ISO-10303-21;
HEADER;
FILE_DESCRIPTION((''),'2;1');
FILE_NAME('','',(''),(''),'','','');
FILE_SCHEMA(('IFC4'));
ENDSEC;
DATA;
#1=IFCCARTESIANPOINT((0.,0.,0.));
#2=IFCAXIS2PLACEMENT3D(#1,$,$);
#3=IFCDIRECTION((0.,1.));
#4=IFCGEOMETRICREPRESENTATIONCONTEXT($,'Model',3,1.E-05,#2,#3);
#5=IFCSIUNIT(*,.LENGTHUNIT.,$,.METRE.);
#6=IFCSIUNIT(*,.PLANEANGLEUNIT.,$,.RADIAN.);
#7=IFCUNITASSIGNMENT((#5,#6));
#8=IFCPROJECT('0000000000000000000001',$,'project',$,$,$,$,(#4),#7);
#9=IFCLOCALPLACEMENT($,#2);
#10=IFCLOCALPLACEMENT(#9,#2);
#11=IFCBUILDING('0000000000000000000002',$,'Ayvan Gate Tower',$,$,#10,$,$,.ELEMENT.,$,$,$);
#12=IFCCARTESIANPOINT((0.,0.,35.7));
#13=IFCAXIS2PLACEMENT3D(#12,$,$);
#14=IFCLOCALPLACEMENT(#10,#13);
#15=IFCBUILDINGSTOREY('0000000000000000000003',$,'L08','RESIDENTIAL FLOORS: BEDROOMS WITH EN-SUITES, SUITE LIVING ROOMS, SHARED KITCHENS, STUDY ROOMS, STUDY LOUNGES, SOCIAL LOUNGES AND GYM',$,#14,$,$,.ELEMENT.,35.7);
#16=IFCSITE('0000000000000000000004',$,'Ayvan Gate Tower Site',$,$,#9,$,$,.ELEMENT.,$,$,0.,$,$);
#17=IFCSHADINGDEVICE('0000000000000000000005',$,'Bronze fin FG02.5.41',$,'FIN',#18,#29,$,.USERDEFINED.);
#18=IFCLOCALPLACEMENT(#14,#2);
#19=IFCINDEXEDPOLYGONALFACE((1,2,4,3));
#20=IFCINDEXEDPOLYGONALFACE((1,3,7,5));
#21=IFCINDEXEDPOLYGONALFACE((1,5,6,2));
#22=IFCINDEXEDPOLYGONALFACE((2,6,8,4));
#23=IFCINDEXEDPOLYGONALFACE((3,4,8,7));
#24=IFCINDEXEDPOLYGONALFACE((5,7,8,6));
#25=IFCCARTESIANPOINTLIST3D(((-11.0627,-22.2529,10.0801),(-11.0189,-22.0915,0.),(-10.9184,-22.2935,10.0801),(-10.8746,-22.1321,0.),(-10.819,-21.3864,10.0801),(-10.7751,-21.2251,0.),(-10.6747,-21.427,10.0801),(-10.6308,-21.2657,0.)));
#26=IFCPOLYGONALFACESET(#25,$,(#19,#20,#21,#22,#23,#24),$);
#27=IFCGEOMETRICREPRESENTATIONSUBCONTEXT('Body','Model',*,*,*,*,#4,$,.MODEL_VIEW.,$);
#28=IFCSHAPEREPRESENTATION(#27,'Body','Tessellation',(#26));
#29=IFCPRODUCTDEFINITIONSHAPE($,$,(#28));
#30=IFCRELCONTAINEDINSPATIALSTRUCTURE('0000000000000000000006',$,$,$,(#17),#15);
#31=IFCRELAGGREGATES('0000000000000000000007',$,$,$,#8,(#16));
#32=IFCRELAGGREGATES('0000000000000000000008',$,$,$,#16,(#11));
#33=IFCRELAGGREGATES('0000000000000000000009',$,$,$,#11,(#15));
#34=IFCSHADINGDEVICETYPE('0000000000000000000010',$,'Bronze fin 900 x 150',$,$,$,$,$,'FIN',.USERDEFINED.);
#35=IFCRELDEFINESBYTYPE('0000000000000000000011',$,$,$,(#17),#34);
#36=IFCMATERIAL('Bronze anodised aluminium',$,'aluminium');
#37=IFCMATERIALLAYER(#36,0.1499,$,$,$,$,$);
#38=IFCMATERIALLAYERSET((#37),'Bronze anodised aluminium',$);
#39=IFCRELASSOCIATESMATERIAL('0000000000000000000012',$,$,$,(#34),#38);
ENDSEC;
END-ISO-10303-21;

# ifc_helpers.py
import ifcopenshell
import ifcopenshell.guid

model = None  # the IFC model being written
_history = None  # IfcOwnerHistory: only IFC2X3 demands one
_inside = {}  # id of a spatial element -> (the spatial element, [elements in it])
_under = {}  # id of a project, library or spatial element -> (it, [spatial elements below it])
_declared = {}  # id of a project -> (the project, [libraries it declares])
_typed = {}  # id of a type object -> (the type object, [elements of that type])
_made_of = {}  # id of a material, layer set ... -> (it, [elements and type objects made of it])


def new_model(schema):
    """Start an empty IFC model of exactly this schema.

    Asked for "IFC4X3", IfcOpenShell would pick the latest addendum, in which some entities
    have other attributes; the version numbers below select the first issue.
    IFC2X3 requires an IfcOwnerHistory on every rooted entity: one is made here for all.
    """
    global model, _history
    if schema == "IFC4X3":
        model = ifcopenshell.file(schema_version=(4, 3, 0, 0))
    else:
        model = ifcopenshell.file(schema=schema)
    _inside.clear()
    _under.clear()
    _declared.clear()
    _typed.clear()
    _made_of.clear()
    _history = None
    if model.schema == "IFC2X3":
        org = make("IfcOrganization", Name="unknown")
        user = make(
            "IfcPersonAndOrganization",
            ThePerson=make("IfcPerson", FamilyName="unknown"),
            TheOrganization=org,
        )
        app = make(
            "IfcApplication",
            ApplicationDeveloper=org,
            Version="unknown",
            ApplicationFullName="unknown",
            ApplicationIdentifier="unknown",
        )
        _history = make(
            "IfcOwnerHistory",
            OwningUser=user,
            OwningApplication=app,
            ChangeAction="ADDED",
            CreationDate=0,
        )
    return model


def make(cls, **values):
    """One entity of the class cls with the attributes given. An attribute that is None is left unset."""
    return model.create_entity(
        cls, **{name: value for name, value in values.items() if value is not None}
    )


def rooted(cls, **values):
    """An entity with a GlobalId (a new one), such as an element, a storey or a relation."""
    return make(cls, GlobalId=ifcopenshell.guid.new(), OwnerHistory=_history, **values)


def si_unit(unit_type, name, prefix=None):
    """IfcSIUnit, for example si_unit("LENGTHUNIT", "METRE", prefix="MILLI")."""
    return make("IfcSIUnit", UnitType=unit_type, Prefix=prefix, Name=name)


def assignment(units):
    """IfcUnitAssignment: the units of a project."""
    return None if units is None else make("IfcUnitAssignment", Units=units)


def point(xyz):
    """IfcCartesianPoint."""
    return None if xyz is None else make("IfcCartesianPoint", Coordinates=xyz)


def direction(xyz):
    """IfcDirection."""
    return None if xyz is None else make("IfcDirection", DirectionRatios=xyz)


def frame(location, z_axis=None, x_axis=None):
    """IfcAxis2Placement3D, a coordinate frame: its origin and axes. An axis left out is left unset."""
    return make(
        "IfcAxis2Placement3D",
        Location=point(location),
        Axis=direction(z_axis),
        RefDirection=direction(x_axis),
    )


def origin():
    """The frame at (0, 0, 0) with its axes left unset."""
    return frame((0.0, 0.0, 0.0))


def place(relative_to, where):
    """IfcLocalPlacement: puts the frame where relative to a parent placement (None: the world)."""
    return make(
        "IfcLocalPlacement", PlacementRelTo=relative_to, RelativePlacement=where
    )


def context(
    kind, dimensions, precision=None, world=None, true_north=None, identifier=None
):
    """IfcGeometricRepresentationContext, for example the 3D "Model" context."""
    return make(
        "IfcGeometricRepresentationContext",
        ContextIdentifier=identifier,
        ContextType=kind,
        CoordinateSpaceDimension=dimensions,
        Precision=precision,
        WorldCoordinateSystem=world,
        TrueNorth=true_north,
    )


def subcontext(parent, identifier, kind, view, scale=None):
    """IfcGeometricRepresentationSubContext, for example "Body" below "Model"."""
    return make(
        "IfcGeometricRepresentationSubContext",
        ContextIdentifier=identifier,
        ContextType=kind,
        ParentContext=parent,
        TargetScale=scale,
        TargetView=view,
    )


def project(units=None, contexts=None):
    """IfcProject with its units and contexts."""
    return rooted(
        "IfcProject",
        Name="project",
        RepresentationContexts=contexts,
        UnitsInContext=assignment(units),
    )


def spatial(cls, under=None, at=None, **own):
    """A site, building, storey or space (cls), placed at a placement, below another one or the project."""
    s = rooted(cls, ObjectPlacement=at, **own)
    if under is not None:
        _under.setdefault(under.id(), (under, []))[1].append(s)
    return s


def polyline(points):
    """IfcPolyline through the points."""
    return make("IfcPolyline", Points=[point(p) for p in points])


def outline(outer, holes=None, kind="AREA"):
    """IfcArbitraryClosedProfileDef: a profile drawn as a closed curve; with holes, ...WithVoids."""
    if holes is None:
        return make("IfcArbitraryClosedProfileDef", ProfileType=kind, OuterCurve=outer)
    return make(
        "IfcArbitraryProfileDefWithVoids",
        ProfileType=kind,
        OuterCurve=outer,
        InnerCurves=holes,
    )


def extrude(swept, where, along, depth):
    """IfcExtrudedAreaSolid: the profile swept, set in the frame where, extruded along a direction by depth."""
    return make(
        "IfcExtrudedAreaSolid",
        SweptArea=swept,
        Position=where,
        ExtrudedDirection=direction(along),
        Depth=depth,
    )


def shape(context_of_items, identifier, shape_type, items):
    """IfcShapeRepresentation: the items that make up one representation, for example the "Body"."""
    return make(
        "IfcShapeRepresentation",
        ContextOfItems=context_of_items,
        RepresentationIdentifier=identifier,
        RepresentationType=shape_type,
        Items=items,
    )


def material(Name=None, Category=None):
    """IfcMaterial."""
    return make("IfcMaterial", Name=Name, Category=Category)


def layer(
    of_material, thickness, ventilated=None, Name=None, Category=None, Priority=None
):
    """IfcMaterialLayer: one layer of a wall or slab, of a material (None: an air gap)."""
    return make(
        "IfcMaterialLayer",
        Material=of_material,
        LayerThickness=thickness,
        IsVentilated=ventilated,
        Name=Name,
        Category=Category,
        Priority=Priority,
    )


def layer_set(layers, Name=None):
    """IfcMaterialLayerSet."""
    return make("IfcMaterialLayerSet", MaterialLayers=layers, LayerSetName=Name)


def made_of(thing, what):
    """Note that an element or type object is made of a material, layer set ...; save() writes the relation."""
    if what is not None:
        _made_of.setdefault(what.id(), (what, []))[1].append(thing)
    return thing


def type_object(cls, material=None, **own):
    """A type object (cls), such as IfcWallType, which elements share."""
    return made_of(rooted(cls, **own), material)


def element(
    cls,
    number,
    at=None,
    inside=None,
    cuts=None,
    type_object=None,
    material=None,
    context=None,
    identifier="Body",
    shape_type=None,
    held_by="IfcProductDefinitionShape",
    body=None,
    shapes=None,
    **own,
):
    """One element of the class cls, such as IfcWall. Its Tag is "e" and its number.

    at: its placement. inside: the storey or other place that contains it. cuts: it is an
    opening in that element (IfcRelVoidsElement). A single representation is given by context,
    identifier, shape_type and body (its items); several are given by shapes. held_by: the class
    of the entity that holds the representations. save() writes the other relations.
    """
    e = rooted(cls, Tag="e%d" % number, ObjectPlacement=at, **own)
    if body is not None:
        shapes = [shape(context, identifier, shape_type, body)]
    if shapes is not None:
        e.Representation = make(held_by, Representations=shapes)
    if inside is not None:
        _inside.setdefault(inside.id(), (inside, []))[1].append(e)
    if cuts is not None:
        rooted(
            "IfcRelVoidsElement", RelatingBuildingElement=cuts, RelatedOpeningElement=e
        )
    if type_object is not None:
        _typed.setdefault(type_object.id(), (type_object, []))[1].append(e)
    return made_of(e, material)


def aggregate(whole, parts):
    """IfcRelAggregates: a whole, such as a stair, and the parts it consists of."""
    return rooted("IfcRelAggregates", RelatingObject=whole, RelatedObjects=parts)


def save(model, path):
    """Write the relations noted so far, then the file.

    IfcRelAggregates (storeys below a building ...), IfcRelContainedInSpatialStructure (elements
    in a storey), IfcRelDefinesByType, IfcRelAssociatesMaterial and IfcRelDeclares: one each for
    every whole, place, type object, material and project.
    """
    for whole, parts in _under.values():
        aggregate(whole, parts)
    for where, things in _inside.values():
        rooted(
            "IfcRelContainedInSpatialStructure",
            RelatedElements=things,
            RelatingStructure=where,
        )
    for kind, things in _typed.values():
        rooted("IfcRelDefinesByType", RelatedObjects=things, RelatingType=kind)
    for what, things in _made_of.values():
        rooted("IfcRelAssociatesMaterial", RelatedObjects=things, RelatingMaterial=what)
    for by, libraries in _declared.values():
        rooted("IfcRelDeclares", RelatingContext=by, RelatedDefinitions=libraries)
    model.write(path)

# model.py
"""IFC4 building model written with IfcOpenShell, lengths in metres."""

from ifc_helpers import new_model, si_unit, direction, frame, origin, place, context, subcontext, project, spatial, polyline, outline, extrude, material, layer, layer_set, type_object, element, save


model = new_model("IFC4")

# Units and contexts
model_context = context("Model", 3, precision=1e-05, world=origin(), true_north=direction((0.0, 1.0)))
body_context = subcontext(model_context, "Body", "Model", "MODEL_VIEW")
ifc_project = project(units=[si_unit("LENGTHUNIT", "METRE"), si_unit("PLANEANGLEUNIT", "RADIAN")], contexts=[model_context])

# Site, building, storey
site_placement = place(None, origin())
site = spatial("IfcSite", under=ifc_project, at=site_placement, Name="Ayvan Gate Tower Site", CompositionType="ELEMENT", RefElevation=0.0)
building_placement = place(site_placement, origin())
building = spatial("IfcBuilding", under=site, at=building_placement, Name="Ayvan Gate Tower", CompositionType="ELEMENT")
storey_placement = place(building_placement, frame((0.0, 0.0, 35.7)))
storey = spatial("IfcBuildingStorey", under=building, at=storey_placement, Name="L08", Description="RESIDENTIAL FLOORS: BEDROOMS WITH EN-SUITES, SUITE LIVING ROOMS, SHARED KITCHENS, STUDY ROOMS, STUDY LOUNGES, SOCIAL LOUNGES AND GYM", CompositionType="ELEMENT", Elevation=35.7)

# Shared definitions
ifc_material_1 = material(Name="Bronze anodised aluminium", Category="aluminium")

# Shading device
ifc_layer_1 = layer(ifc_material_1, 0.1499)
ifc_layer_set_1 = layer_set([ifc_layer_1], Name="Bronze anodised aluminium")
shading_device_type = type_object("IfcShadingDeviceType", Name="Bronze fin 900 x 150", ElementType="FIN", PredefinedType="USERDEFINED", material=ifc_layer_set_1)
shading_device_1_placement = place(storey_placement, frame((-10.7751, -21.2251, 0.0), z_axis=(-0.962627, 0.270832, 0.000151), x_axis=(-0.270832, -0.962627, 0.0)))
element("IfcShadingDevice", 1, at=shading_device_1_placement, inside=storey, type_object=shading_device_type, Name="Bronze fin FG02.5.41", ObjectType="FIN", PredefinedType="USERDEFINED", context=body_context, shape_type="SweptSolid", body=[
    extrude(outline(polyline([(0.0, 0.0), (0.9001, 0.0), (1.0673, 10.0801), (0.1672, 10.0801), (0.0, 0.0)])), origin(), (0.0, 0.0, -1.0), 0.1499),
])

save(model, "model.ifc")
